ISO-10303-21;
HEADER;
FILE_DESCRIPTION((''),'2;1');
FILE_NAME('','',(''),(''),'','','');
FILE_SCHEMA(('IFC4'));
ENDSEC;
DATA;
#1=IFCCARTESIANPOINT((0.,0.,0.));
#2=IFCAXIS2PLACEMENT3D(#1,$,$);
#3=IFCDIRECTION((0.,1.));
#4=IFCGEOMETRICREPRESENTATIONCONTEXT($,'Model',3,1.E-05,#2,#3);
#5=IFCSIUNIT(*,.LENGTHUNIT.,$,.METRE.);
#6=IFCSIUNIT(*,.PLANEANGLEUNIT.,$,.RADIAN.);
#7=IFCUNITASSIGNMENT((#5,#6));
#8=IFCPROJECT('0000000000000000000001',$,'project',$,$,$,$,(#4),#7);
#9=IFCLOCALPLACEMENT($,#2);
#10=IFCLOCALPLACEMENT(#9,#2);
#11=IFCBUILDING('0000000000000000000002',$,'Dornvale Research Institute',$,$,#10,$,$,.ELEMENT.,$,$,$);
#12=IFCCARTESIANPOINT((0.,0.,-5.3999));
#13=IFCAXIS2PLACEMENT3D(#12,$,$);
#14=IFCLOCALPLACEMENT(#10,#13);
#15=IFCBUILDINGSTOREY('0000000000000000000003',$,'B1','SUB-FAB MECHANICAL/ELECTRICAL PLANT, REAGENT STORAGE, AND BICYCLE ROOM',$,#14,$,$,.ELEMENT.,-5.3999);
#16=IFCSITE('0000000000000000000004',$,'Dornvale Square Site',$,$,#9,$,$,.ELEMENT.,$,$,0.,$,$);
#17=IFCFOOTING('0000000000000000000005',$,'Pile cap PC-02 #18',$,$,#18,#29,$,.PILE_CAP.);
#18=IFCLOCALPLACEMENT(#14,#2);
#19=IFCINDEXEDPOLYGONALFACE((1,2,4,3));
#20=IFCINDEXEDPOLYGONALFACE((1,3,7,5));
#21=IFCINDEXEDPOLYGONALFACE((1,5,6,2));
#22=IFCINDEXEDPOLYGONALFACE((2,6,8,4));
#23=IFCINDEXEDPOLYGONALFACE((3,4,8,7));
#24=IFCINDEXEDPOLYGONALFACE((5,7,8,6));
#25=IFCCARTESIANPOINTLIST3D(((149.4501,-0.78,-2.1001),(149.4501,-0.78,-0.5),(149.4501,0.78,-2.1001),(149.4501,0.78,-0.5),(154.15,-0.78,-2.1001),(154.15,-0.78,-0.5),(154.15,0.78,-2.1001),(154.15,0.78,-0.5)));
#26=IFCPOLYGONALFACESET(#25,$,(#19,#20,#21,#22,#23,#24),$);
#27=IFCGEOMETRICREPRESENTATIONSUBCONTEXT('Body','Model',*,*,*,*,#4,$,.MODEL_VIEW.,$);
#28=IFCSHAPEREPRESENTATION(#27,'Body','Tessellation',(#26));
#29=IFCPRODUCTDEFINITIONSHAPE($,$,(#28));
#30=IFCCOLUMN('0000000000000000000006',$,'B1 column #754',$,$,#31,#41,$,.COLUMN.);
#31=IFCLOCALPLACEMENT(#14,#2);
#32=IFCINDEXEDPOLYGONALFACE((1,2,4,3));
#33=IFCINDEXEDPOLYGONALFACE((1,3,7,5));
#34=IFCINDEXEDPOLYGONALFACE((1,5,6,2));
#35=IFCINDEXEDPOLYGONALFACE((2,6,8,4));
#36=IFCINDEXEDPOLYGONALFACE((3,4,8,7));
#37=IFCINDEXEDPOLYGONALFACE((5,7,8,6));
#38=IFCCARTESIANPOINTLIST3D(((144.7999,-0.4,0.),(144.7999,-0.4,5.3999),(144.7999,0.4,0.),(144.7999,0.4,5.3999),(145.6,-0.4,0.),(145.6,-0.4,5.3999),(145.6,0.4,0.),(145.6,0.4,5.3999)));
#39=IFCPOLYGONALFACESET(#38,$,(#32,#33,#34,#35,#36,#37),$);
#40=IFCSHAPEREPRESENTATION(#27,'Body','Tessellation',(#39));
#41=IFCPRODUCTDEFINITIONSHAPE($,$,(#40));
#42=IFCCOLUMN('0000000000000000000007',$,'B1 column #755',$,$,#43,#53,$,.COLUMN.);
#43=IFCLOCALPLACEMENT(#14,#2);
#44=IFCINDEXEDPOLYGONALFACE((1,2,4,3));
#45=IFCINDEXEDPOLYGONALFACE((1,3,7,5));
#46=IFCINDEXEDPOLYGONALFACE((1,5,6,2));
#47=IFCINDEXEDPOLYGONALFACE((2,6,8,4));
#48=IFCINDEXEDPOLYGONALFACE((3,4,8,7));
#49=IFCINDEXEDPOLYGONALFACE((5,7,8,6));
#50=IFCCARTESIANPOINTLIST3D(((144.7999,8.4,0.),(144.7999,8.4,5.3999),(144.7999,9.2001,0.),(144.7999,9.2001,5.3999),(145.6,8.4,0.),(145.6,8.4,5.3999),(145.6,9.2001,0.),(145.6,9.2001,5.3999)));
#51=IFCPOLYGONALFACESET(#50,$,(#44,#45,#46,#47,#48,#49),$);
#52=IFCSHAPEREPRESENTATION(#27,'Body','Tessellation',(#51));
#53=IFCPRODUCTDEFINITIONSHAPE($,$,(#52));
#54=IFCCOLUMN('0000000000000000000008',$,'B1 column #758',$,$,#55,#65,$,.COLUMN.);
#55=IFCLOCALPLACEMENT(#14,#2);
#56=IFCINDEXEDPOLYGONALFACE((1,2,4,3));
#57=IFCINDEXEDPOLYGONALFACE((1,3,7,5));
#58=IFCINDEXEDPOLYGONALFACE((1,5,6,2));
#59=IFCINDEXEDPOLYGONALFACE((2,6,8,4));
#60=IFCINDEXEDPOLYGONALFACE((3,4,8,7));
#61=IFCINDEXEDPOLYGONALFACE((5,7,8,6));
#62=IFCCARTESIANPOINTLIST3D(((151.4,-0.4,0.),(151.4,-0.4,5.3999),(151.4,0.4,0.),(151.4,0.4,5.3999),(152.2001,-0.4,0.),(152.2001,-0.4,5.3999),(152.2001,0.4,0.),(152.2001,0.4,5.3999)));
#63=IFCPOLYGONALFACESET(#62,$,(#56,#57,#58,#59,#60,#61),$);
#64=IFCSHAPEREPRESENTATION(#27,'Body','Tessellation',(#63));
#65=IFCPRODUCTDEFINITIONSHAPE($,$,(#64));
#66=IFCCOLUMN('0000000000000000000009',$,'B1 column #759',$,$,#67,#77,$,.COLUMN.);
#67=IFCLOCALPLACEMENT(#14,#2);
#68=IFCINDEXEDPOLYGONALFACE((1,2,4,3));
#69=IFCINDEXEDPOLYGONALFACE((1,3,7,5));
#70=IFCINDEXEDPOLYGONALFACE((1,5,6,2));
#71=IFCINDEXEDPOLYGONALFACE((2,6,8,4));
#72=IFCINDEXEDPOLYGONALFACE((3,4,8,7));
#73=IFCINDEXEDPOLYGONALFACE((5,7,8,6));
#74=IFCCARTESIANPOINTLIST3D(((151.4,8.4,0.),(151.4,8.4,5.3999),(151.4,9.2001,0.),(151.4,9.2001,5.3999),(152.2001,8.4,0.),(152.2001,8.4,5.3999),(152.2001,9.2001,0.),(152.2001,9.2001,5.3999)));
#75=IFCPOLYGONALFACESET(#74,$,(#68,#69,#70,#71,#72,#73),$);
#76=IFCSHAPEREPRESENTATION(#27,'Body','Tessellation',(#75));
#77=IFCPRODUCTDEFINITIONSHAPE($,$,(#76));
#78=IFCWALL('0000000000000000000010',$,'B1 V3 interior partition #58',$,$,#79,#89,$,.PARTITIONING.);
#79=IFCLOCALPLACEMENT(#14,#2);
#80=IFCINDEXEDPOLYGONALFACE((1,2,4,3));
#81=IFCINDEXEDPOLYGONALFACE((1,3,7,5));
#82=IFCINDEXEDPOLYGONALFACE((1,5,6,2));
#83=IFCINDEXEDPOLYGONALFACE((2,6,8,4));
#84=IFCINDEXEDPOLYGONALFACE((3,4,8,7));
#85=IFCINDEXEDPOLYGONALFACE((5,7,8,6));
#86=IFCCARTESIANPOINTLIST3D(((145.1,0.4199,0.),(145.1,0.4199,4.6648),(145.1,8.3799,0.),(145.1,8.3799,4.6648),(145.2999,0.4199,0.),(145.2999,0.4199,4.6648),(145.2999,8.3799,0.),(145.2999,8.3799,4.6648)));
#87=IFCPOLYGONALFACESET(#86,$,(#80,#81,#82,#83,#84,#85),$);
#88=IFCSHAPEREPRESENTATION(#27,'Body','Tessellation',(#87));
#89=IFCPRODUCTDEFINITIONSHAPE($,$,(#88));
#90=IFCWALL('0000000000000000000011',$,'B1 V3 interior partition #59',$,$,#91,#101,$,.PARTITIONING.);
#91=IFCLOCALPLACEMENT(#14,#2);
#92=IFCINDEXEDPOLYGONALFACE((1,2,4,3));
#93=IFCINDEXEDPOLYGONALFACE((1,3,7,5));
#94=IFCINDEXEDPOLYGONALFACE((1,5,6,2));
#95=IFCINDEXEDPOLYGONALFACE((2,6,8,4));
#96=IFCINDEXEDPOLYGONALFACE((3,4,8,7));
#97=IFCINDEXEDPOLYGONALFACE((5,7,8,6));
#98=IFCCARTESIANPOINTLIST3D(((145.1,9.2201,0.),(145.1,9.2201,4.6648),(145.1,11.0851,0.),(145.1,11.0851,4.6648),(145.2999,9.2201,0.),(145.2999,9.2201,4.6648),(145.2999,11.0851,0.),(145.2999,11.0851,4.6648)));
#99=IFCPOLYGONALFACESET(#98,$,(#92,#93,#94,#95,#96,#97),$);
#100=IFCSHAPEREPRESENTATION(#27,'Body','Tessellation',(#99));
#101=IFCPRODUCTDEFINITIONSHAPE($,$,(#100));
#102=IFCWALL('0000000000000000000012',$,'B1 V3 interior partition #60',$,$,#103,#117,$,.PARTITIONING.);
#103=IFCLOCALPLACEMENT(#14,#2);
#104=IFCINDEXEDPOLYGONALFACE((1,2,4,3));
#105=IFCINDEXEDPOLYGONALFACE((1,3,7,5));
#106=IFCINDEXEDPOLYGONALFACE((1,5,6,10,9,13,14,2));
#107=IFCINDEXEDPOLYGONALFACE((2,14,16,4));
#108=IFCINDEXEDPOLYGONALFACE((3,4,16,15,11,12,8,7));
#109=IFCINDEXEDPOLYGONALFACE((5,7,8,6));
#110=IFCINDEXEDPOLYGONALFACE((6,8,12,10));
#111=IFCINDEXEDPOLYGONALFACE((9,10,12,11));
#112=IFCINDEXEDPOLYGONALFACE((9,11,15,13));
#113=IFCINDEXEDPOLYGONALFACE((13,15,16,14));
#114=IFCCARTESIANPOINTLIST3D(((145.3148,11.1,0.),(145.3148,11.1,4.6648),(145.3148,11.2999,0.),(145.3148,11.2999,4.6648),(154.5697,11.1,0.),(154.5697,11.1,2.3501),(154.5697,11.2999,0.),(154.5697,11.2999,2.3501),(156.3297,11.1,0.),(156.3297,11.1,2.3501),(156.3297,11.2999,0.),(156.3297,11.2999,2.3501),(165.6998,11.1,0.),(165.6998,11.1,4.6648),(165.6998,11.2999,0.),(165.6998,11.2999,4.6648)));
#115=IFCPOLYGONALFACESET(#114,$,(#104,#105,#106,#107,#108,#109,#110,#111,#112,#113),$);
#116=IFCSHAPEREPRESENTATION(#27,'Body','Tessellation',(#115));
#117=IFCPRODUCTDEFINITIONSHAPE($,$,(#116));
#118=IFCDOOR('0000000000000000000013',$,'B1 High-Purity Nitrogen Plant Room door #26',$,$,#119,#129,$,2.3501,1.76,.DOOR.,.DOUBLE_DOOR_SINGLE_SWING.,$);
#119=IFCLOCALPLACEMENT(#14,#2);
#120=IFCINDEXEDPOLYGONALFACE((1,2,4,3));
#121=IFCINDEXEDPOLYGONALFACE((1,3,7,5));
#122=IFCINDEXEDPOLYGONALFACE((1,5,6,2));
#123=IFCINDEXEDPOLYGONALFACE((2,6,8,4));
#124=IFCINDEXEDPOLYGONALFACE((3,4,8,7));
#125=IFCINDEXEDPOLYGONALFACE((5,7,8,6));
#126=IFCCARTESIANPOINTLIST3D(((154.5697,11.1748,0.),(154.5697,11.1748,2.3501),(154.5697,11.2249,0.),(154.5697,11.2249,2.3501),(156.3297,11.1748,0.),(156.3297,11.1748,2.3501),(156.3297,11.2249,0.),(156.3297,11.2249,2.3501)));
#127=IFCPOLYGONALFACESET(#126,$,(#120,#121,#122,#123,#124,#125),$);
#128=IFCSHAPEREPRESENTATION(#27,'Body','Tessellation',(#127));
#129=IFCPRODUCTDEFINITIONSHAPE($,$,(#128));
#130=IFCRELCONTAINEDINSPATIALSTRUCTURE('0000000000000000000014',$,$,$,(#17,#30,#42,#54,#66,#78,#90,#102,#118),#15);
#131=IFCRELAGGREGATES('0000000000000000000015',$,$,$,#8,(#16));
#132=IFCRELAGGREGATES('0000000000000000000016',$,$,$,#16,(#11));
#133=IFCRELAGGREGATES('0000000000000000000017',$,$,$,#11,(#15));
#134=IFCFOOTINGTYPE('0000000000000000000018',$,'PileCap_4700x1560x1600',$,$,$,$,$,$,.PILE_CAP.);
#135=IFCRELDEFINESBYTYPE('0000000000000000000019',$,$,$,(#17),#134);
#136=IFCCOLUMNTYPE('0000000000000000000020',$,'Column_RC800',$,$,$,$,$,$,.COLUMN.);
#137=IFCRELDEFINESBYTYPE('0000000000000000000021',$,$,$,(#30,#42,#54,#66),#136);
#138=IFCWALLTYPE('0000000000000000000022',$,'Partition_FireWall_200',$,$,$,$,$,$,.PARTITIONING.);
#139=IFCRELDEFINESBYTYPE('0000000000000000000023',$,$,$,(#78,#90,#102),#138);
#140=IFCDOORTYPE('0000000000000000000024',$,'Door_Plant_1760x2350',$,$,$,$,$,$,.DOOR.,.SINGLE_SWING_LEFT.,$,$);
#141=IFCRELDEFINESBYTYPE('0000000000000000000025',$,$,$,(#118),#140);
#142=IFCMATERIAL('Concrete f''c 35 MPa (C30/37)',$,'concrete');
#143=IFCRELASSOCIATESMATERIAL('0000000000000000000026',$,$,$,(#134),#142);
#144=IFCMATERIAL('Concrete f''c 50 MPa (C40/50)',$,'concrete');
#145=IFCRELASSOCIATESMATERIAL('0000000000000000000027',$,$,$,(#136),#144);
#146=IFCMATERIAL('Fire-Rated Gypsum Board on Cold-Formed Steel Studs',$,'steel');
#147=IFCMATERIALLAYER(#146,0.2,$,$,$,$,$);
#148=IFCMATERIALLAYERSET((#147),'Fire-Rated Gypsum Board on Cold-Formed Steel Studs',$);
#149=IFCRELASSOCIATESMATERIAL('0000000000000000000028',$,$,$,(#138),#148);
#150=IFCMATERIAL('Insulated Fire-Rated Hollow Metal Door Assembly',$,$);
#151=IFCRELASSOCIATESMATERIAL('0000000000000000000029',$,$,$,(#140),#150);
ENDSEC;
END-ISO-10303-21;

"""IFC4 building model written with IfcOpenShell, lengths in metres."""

from ifc_helpers import new_model, si_unit, direction, frame, frame_2d, origin, origin_2d, place, context, subcontext, project, spatial, rectangle, extrude, material, layer, layer_set, material_profile, profile_set, type_object, element, fill, save


model = new_model("IFC4")

# Units and contexts
model_context = context("Model", 3, precision=1e-05, world=origin(), true_north=direction((0.0, 1.0)))
body_context = subcontext(model_context, "Body", "Model", "MODEL_VIEW")
ifc_project = project(units=[si_unit("LENGTHUNIT", "METRE"), si_unit("PLANEANGLEUNIT", "RADIAN")], contexts=[model_context])

# Site, building, storey
site_placement = place(None, origin())
site = spatial("IfcSite", under=ifc_project, at=site_placement, Name="Dornvale Square Site", CompositionType="ELEMENT", RefElevation=0.0)
building_placement = place(site_placement, origin())
building = spatial("IfcBuilding", under=site, at=building_placement, Name="Dornvale Research Institute", CompositionType="ELEMENT")
storey_placement = place(building_placement, frame((0.0, 0.0, -5.3999)))
storey = spatial("IfcBuildingStorey", under=building, at=storey_placement, Name="B1", Description="SUB-FAB MECHANICAL/ELECTRICAL PLANT, REAGENT STORAGE, AND BICYCLE ROOM", CompositionType="ELEMENT", Elevation=-5.3999)

# Footing
ifc_material_1 = material(Name="Concrete f'c 35 MPa (C30/37)", Category="concrete")
footing_type_1 = type_object("IfcFootingType", Name="PileCap_4700x1560x1600", PredefinedType="PILE_CAP", material=ifc_material_1)
for number, where, z_axis, x_axis, name in (
    (1, (151.8, 0.0, -2.1001), (0.0, 0.0, 1.0), (1.0, 0.0, 0.0), "Pile cap PC-02 #18"),
):
    element("IfcFooting", number, at=place(storey_placement, frame(where, z_axis=z_axis, x_axis=x_axis)), inside=storey, type_object=footing_type_1, Name=name, PredefinedType="PILE_CAP", context=body_context, shape_type="SweptSolid", body=[
        extrude(rectangle(XDim=4.7, YDim=1.5601, at=origin_2d()), origin(), (0.0, 0.0, 1.0), 1.6001),
    ])

# Columns
ifc_material_2 = material(Name="Concrete f'c 50 MPa (C40/50)", Category="concrete")
ifc_material_profile_1 = material_profile(ifc_material_2, rectangle(XDim=0.8, YDim=0.8, at=origin_2d()), Name="RC 800x800")
ifc_profile_set_1 = profile_set([ifc_material_profile_1], Name="Concrete f'c 50 MPa (C40/50)")
column_type = type_object("IfcColumnType", Name="Column_RC800", PredefinedType="COLUMN", material=ifc_profile_set_1)
for number, where, z_axis, x_axis, name in (
    (2, (145.2, 0.0, 0.0), (0.0, 0.0, 1.0), (1.0, 0.0, 0.0), "B1 column #754"),
    (3, (145.2, 8.8, 0.0), (0.0, 0.0, 1.0), (1.0, 0.0, 0.0), "B1 column #755"),
    (4, (151.8, 0.0, 0.0), (0.0, 0.0, 1.0), (1.0, 0.0, 0.0), "B1 column #758"),
    (5, (151.8, 8.8, 0.0), (0.0, 0.0, 1.0), (1.0, 0.0, 0.0), "B1 column #759"),
):
    element("IfcColumn", number, at=place(storey_placement, frame(where, z_axis=z_axis, x_axis=x_axis)), inside=storey, type_object=column_type, Name=name, PredefinedType="COLUMN", context=body_context, shape_type="SweptSolid", body=[
        extrude(rectangle(XDim=0.8, YDim=0.8, at=origin_2d()), origin(), (0.0, 0.0, 1.0), 5.3999),
    ])

# Walls
ifc_material_3 = material(Name="Fire-Rated Gypsum Board on Cold-Formed Steel Studs", Category="steel")
ifc_layer = layer(ifc_material_3, 0.2)
ifc_layer_set = layer_set([ifc_layer], Name="Fire-Rated Gypsum Board on Cold-Formed Steel Studs")
wall_type = type_object("IfcWallType", Name="Partition_FireWall_200", PredefinedType="PARTITIONING", material=ifc_layer_set)
wall_1_placement = place(storey_placement, frame((145.2, 0.4199, 0.0), z_axis=(0.0, 0.0, 1.0), x_axis=(0.0, 1.0, 0.0)))
element("IfcWall", 6, at=wall_1_placement, inside=storey, type_object=wall_type, Name="B1 V3 interior partition #58", PredefinedType="PARTITIONING", context=body_context, shape_type="SweptSolid", body=[
    extrude(rectangle(XDim=7.96, YDim=0.2, at=frame_2d((3.98, 0.0))), origin(), (0.0, 0.0, 1.0), 4.6648),
])
wall_2_placement = place(storey_placement, frame((145.2, 9.22, 0.0), z_axis=(0.0, 0.0, 1.0), x_axis=(0.0, 1.0, 0.0)))
element("IfcWall", 7, at=wall_2_placement, inside=storey, type_object=wall_type, Name="B1 V3 interior partition #59", PredefinedType="PARTITIONING", context=body_context, shape_type="SweptSolid", body=[
    extrude(rectangle(XDim=1.865, YDim=0.2, at=frame_2d((0.9326, 0.0))), origin(), (0.0, 0.0, 1.0), 4.6648),
])

# Wall, opening, door
wall_3_placement = place(storey_placement, frame((145.3149, 11.2, 0.0), z_axis=(0.0, 0.0, 1.0), x_axis=(1.0, 0.0, 0.0)))
wall_3 = element("IfcWall", 8, at=wall_3_placement, inside=storey, type_object=wall_type, Name="B1 V3 interior partition #60", PredefinedType="PARTITIONING", context=body_context, shape_type="SweptSolid", body=[
    extrude(rectangle(XDim=20.385, YDim=0.2, at=frame_2d((10.1924, 0.0))), origin(), (0.0, 0.0, 1.0), 4.6648),
])
opening_placement = place(wall_3_placement, frame((9.2549, 0.0, 0.0)))
opening = element("IfcOpeningElement", 9, at=opening_placement, cuts=wall_3, PredefinedType="OPENING", context=body_context, shape_type="SweptSolid", body=[
    extrude(rectangle(XDim=1.76, YDim=2.3501, at=frame_2d((0.8799, 1.175))), frame((0.0, 0.115, 0.0), z_axis=(0.0, -1.0, 0.0), x_axis=(1.0, 0.0, 0.0)), (0.0, 0.0, 1.0), 0.23),
])
ifc_material_4 = material(Name="Insulated Fire-Rated Hollow Metal Door Assembly")
door_type = type_object("IfcDoorType", Name="Door_Plant_1760x2350", OperationType="SINGLE_SWING_LEFT", PredefinedType="DOOR", material=ifc_material_4)
door_placement = place(opening_placement, origin())
door = element("IfcDoor", 10, at=door_placement, inside=storey, type_object=door_type, Name="B1 High-Purity Nitrogen Plant Room door #26", OperationType="DOUBLE_DOOR_SINGLE_SWING", OverallHeight=2.3501, OverallWidth=1.76, PredefinedType="DOOR", context=body_context, shape_type="SweptSolid", body=[
    extrude(rectangle(XDim=1.76, YDim=2.3501, at=frame_2d((0.8799, 1.175))), frame((0.0, 0.0249, 0.0), z_axis=(0.0, -1.0, 0.0), x_axis=(1.0, 0.0, 0.0)), (0.0, 0.0, 1.0), 0.05),
])
fill(opening, door)

save(model, "model.ifc")
